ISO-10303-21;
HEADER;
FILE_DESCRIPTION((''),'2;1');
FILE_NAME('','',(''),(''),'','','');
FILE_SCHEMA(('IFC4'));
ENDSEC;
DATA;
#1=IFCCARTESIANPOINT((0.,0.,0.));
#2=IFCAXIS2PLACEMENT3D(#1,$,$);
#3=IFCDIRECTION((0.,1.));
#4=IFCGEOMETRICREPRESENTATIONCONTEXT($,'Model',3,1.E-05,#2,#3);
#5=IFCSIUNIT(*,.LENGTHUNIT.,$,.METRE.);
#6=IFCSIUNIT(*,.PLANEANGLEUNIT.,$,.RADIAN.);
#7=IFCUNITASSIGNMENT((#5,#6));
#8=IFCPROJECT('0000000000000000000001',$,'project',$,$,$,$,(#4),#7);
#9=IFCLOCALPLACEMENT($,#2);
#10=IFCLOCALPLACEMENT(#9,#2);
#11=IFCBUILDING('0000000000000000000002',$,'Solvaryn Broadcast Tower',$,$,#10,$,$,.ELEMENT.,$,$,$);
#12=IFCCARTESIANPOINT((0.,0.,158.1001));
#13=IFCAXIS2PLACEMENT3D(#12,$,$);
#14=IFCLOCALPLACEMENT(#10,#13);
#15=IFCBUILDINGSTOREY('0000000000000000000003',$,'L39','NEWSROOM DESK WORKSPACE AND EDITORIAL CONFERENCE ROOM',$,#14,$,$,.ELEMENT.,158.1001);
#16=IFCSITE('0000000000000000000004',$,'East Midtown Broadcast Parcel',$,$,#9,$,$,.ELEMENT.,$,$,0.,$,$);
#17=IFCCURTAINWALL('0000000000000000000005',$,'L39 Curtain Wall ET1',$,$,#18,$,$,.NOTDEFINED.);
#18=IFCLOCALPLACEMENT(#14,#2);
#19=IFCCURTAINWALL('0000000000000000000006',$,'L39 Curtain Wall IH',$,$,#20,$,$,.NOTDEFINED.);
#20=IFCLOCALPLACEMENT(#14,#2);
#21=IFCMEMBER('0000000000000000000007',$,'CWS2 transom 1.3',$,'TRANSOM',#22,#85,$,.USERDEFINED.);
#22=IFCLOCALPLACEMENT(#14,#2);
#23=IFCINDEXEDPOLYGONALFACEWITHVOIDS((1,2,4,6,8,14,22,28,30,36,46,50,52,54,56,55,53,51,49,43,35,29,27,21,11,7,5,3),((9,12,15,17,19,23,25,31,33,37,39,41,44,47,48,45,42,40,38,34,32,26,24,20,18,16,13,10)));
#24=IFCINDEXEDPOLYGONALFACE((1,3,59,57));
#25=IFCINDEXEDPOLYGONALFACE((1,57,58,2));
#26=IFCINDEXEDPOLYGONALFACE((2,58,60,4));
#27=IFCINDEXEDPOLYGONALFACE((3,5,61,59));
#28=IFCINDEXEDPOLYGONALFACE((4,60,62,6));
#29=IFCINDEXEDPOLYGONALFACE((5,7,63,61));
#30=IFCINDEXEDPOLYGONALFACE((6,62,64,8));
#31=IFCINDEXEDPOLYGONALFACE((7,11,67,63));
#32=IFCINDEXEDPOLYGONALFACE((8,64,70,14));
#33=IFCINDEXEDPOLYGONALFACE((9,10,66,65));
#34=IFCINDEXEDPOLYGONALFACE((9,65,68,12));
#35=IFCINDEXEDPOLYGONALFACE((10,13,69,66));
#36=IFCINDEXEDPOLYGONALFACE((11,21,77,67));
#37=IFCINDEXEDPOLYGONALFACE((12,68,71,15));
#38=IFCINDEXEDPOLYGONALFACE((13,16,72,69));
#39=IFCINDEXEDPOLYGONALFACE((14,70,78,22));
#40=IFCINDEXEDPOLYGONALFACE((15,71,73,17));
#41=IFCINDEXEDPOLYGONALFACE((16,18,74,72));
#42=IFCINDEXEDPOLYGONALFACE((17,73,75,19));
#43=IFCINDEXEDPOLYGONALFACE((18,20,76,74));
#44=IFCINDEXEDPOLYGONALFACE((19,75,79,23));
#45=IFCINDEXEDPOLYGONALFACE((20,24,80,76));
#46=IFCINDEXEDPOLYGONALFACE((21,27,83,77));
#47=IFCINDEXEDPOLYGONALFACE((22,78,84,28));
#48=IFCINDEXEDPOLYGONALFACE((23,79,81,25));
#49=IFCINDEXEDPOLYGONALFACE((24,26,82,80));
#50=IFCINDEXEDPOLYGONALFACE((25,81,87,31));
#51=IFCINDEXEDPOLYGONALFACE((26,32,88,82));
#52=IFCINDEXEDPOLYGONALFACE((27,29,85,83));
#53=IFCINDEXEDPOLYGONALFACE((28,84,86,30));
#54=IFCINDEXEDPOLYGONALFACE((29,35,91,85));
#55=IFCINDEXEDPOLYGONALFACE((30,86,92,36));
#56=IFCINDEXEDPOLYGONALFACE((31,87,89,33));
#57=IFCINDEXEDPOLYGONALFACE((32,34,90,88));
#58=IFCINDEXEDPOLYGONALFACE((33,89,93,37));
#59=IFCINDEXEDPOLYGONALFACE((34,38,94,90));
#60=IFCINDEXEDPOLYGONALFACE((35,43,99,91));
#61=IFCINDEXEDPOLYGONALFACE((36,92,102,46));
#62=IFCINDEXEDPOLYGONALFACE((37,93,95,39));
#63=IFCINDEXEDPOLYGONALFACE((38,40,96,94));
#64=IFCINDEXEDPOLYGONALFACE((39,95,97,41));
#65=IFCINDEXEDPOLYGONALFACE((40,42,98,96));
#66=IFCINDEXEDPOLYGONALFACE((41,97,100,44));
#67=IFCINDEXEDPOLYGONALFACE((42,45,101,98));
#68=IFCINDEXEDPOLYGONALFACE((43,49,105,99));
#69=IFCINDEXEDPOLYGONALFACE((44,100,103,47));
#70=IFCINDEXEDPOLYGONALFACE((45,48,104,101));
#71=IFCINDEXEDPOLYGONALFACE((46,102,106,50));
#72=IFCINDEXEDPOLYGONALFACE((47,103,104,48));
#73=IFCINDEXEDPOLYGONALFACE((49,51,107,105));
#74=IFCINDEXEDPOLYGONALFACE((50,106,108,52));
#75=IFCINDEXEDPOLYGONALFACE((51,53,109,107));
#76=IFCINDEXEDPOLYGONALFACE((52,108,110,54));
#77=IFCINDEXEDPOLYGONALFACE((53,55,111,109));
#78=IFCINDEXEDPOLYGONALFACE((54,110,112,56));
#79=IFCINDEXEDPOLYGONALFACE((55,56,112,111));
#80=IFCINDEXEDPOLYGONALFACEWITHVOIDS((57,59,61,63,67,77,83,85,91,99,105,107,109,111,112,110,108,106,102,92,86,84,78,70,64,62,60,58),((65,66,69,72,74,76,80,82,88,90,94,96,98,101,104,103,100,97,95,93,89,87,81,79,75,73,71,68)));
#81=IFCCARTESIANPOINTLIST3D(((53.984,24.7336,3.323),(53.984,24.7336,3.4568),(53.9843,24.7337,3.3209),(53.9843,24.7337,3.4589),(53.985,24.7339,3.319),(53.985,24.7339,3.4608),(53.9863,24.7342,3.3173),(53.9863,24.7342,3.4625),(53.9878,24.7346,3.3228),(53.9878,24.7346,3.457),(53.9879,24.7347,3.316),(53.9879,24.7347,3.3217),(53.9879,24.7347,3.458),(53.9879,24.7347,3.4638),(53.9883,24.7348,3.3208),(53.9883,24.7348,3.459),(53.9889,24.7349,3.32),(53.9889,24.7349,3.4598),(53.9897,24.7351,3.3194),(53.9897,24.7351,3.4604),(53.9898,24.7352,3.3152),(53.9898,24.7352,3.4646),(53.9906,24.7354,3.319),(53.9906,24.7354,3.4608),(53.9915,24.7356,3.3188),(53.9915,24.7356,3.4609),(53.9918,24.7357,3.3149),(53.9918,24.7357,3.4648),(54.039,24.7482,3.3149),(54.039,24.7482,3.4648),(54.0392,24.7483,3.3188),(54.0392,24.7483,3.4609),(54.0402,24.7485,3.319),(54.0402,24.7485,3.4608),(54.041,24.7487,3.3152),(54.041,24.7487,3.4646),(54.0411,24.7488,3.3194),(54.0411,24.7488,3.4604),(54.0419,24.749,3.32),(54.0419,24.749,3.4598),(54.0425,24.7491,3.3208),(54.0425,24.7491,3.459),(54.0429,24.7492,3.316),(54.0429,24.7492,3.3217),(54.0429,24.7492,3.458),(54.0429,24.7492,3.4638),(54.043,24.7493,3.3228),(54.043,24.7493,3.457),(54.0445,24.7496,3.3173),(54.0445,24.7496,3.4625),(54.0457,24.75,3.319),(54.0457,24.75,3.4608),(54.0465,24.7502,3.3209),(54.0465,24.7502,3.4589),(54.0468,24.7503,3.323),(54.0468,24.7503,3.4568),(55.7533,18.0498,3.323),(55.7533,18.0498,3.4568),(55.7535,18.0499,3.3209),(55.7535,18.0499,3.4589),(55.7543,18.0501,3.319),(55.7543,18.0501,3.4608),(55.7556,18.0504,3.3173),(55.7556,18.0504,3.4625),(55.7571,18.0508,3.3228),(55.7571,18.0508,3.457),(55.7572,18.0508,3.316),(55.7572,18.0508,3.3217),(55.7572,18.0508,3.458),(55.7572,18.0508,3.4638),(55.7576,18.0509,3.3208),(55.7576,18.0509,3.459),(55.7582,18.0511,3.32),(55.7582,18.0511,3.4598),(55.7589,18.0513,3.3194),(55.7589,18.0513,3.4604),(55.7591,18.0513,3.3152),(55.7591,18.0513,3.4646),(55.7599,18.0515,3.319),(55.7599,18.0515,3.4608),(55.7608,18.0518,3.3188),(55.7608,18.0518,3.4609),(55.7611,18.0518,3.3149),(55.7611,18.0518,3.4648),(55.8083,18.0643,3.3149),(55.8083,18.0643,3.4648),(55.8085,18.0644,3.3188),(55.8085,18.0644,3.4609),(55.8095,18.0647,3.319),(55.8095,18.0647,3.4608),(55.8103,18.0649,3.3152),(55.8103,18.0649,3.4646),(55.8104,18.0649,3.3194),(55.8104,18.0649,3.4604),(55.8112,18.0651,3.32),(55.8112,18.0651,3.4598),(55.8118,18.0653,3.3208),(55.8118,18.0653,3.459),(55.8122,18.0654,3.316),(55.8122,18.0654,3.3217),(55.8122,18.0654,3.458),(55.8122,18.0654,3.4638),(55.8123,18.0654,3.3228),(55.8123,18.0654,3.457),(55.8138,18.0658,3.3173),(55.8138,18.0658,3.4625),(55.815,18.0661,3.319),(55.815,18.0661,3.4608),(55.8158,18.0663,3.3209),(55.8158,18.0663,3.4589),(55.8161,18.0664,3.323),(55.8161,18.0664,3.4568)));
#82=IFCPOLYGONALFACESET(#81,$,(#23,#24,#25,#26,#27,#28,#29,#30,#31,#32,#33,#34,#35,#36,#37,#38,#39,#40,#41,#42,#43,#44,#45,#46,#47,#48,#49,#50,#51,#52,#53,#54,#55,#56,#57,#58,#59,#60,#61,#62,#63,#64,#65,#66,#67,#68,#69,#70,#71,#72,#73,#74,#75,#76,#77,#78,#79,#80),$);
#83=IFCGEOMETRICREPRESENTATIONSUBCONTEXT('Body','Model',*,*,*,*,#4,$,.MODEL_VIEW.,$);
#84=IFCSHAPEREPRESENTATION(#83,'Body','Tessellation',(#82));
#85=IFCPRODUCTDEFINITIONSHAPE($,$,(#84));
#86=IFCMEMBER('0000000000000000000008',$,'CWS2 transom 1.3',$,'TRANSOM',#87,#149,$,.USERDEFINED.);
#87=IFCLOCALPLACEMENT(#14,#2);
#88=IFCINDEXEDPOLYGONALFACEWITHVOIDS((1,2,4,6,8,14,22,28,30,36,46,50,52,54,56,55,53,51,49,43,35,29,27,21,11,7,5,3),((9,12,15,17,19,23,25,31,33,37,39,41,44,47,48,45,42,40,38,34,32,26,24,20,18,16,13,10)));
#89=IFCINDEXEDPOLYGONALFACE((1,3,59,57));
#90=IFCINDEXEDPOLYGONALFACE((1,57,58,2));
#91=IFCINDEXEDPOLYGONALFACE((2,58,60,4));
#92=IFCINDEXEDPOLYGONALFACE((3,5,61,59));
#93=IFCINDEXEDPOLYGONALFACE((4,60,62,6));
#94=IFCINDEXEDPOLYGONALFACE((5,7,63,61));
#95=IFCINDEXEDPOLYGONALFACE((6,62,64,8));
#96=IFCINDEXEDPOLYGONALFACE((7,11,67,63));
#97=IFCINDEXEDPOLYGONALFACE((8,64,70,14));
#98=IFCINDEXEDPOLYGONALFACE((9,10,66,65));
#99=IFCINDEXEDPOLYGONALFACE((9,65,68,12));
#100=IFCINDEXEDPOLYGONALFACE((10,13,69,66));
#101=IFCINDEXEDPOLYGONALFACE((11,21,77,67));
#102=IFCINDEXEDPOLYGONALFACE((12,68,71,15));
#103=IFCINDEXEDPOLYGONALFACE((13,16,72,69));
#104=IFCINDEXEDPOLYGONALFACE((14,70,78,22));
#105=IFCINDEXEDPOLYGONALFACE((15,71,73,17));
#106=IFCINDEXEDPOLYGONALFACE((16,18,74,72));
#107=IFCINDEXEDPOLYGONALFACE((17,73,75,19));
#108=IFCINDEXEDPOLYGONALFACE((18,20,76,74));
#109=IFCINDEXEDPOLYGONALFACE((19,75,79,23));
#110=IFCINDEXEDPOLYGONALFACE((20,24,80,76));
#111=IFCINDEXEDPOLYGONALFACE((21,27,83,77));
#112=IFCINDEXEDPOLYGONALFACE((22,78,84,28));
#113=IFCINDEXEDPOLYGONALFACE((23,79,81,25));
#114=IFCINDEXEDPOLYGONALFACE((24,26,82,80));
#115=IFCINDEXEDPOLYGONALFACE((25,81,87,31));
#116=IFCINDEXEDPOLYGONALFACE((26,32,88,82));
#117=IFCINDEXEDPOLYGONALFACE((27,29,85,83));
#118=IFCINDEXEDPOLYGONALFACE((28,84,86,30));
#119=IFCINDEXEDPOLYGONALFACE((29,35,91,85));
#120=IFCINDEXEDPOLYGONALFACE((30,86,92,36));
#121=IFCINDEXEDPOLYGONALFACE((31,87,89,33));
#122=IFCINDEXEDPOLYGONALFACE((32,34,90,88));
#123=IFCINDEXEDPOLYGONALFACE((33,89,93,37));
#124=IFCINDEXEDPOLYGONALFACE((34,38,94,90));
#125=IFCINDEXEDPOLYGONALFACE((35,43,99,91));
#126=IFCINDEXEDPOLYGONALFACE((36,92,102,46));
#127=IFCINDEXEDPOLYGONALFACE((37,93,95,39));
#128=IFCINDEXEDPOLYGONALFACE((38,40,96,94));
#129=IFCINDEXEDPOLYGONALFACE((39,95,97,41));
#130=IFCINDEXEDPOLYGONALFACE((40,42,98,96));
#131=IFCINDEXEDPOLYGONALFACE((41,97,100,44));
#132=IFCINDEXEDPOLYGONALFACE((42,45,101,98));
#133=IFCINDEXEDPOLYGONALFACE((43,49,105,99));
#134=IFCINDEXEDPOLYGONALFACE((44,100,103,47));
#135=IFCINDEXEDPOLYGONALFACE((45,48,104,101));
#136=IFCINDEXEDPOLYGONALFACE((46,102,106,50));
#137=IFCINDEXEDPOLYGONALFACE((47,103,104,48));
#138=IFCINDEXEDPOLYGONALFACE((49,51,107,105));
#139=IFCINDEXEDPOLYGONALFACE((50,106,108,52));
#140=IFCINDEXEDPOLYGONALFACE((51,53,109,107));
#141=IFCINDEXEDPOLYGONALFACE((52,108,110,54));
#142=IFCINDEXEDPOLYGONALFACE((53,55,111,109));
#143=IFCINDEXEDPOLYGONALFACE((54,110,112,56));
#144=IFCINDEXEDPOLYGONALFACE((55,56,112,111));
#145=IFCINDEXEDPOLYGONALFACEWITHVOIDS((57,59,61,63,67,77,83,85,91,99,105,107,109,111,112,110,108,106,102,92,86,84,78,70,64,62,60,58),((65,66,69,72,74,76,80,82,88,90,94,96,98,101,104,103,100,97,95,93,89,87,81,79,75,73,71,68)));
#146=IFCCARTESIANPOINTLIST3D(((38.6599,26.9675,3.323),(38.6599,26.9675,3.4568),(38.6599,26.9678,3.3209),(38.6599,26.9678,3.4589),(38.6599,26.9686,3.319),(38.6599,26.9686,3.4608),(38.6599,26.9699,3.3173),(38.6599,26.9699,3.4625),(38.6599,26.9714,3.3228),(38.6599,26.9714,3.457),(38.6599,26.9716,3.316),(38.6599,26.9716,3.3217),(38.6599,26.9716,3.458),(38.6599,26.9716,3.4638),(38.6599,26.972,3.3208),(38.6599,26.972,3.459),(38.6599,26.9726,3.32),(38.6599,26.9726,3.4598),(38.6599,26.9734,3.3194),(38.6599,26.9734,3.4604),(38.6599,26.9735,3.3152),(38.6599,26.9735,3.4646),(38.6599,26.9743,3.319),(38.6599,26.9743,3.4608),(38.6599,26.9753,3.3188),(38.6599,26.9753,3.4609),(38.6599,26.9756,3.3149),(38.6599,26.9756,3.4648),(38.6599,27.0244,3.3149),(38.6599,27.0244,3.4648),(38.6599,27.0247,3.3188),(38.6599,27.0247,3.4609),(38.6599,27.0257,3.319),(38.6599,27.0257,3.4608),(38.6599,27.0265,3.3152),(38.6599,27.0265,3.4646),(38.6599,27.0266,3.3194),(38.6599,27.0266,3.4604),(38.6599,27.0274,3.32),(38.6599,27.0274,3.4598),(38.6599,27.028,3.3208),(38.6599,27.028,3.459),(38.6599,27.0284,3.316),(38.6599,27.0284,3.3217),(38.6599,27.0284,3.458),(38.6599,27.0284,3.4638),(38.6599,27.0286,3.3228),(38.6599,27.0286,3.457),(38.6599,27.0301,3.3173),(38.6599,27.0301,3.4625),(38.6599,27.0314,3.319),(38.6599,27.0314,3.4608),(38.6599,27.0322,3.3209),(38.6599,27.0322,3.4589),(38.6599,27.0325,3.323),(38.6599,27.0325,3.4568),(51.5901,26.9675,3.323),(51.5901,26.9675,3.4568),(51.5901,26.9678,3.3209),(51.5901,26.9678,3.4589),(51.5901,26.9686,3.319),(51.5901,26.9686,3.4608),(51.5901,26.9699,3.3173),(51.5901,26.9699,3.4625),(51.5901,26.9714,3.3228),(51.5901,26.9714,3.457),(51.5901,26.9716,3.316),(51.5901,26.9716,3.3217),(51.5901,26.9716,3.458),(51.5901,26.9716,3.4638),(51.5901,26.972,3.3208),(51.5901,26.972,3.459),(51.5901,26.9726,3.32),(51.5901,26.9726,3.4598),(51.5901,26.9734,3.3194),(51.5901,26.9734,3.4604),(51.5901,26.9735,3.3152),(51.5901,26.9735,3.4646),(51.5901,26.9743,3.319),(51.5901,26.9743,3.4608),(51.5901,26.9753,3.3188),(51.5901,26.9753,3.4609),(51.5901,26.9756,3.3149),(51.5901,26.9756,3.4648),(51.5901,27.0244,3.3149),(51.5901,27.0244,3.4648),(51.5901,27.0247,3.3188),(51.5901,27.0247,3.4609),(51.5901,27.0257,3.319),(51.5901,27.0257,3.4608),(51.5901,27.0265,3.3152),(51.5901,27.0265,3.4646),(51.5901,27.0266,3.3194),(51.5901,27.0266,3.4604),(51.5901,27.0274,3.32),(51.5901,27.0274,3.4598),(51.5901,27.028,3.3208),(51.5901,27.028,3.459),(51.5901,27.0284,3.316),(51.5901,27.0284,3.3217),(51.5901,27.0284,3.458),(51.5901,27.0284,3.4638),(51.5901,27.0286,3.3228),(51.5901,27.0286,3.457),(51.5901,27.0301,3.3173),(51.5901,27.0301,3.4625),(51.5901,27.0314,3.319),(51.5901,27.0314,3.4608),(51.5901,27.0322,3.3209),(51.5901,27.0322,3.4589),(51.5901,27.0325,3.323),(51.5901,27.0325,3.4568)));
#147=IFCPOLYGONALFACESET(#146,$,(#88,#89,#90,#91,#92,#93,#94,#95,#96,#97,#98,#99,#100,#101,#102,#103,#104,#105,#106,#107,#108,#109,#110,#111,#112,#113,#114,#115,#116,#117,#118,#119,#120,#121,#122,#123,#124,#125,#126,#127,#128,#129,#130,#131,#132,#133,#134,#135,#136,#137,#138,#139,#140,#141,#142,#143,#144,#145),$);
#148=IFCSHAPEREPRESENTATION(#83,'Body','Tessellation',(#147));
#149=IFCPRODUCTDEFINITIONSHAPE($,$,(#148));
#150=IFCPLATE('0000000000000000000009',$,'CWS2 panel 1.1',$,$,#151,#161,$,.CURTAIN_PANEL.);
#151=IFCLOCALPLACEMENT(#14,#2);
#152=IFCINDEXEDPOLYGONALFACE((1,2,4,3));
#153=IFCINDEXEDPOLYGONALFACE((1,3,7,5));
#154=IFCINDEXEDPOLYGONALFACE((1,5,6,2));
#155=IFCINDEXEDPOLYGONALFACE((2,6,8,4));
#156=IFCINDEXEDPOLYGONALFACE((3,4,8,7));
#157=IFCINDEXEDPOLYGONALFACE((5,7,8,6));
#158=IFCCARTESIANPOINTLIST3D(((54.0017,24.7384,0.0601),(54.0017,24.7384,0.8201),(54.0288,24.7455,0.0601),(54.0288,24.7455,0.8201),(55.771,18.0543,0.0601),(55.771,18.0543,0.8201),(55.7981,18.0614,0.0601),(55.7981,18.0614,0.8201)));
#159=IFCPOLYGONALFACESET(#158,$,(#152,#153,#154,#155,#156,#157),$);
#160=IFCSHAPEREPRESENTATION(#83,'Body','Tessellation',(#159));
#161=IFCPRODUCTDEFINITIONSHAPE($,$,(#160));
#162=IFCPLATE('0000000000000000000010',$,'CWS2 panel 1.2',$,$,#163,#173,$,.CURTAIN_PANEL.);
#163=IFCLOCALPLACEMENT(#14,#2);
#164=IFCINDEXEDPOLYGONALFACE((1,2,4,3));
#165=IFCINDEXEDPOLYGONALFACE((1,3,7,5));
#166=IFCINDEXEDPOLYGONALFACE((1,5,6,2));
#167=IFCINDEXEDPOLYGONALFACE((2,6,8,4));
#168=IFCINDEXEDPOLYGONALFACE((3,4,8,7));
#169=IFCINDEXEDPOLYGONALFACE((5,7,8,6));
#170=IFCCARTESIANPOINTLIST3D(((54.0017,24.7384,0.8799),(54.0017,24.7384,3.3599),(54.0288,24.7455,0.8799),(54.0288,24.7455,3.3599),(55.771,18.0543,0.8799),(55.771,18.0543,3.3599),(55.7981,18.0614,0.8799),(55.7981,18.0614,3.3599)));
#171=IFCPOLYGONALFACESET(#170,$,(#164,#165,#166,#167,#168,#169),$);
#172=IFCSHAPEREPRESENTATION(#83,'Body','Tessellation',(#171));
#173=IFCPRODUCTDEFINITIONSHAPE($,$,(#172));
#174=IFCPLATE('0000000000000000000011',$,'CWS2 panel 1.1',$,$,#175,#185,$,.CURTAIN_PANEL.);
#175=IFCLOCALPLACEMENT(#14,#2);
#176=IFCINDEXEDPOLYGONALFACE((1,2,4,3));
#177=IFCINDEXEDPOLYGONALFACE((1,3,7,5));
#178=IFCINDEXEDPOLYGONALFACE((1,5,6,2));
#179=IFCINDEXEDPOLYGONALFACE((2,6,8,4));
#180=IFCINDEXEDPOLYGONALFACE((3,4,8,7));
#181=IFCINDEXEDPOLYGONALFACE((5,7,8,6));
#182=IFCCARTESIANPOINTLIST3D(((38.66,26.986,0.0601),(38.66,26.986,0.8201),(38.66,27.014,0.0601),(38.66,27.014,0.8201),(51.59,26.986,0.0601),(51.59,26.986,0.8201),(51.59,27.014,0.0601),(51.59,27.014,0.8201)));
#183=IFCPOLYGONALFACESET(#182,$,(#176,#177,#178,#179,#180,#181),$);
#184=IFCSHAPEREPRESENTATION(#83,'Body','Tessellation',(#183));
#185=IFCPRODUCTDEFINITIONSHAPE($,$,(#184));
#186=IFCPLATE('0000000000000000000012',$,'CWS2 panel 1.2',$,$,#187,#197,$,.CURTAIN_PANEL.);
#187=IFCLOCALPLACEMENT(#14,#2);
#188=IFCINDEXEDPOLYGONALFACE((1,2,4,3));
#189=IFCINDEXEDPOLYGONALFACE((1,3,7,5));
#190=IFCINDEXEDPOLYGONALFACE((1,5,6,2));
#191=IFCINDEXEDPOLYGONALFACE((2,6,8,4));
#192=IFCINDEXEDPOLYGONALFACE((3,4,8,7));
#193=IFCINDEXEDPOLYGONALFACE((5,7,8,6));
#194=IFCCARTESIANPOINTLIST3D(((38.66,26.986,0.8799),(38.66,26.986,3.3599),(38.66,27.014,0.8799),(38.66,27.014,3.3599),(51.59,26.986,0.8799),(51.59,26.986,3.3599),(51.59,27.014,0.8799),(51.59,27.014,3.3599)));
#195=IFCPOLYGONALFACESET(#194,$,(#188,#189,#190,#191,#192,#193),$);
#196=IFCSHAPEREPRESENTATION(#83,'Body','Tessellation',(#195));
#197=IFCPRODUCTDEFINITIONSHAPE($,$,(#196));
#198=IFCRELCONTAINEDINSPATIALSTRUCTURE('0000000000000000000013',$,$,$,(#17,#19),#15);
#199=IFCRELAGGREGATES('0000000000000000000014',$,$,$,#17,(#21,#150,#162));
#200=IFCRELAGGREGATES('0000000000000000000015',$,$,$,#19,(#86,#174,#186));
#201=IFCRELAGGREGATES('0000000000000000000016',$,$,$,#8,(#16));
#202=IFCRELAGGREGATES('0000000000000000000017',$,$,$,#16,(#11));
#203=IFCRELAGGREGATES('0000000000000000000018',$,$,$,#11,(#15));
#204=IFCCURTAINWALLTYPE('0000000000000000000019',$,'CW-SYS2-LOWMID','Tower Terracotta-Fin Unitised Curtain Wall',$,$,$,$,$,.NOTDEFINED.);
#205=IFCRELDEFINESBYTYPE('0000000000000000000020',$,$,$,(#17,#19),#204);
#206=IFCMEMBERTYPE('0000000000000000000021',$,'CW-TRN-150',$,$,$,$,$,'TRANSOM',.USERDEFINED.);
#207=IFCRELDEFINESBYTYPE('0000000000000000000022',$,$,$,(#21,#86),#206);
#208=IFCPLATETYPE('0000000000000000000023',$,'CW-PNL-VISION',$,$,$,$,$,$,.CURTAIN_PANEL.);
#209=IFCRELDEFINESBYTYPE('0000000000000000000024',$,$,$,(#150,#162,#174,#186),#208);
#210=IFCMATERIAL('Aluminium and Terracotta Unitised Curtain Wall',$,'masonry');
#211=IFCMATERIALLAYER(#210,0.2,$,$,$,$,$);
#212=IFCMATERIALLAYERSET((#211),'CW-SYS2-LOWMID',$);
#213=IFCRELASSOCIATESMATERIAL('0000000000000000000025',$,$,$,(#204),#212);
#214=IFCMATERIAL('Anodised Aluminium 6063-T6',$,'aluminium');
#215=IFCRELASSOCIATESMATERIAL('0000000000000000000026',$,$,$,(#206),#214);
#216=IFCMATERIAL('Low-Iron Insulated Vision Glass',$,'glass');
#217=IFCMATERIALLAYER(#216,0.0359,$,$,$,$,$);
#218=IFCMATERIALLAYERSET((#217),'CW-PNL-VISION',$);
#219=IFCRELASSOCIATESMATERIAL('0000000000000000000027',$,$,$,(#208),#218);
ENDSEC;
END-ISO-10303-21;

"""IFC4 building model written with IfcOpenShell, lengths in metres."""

from ifc_helpers import new_model, si_unit, direction, frame, origin, origin_2d, place, context, subcontext, project, spatial, rectangle, hollow_rectangle, extrude, material, layer, layer_set, material_profile, profile_set, type_object, element, aggregate, save


model = new_model("IFC4")

# Units and contexts
model_context = context("Model", 3, precision=1e-05, world=origin(), true_north=direction((0.0, 1.0)))
body_context = subcontext(model_context, "Body", "Model", "MODEL_VIEW")
ifc_project = project(units=[si_unit("LENGTHUNIT", "METRE"), si_unit("PLANEANGLEUNIT", "RADIAN")], contexts=[model_context])

# Site, building, storey
site_placement = place(None, origin())
site = spatial("IfcSite", under=ifc_project, at=site_placement, Name="East Midtown Broadcast Parcel", CompositionType="ELEMENT", RefElevation=0.0)
building_placement = place(site_placement, origin())
building = spatial("IfcBuilding", under=site, at=building_placement, Name="Solvaryn Broadcast Tower", CompositionType="ELEMENT")
storey_placement = place(building_placement, frame((0.0, 0.0, 158.1001)))
storey = spatial("IfcBuildingStorey", under=building, at=storey_placement, Name="L39", Description="NEWSROOM DESK WORKSPACE AND EDITORIAL CONFERENCE ROOM", CompositionType="ELEMENT", Elevation=158.1001)

# Curtain walls
ifc_material_1 = material(Name="Aluminium and Terracotta Unitised Curtain Wall", Category="masonry")
ifc_layer_1 = layer(ifc_material_1, 0.2)
ifc_layer_set_1 = layer_set([ifc_layer_1], Name="CW-SYS2-LOWMID")
curtain_wall_type = type_object("IfcCurtainWallType", Name="CW-SYS2-LOWMID", Description="Tower Terracotta-Fin Unitised Curtain Wall", PredefinedType="NOTDEFINED", material=ifc_layer_set_1)
curtain_wall_1_placement = place(storey_placement, origin())
curtain_wall_1 = element("IfcCurtainWall", 1, at=curtain_wall_1_placement, inside=storey, type_object=curtain_wall_type, Name="L39 Curtain Wall ET1", PredefinedType="NOTDEFINED")
curtain_wall_2_placement = place(storey_placement, origin())
curtain_wall_2 = element("IfcCurtainWall", 2, at=curtain_wall_2_placement, inside=storey, type_object=curtain_wall_type, Name="L39 Curtain Wall IH", PredefinedType="NOTDEFINED")

# Members
ifc_material_2 = material(Name="Anodised Aluminium 6063-T6", Category="aluminium")
ifc_material_profile_1 = material_profile(ifc_material_2, hollow_rectangle(XDim=0.0649, YDim=0.1499, WallThickness=0.0039, InnerFilletRadius=0.0039, OuterFilletRadius=0.0081, at=origin_2d()))
ifc_profile_set_1 = profile_set([ifc_material_profile_1], Name="Anodised Aluminium 6063-T6")
member_type_1 = type_object("IfcMemberType", Name="CW-TRN-150", ElementType="TRANSOM", PredefinedType="USERDEFINED", material=ifc_profile_set_1)
member_1_placement = place(storey_placement, frame((54.0154, 24.7419, 3.3899), z_axis=(0.255897, -0.966704, 0.0), x_axis=(0.966704, 0.255897, 0.0)))
member_1 = element("IfcMember", 3, at=member_1_placement, type_object=member_type_1, Name="CWS2 transom 1.3", ObjectType="TRANSOM", PredefinedType="USERDEFINED", context=body_context, shape_type="SweptSolid", body=[
    extrude(hollow_rectangle(XDim=0.0649, YDim=0.1499, WallThickness=0.0039, InnerFilletRadius=0.0039, OuterFilletRadius=0.0081, at=origin_2d()), origin(), (0.0, 0.0, 1.0), 6.9141),
])
member_2_placement = place(storey_placement, frame((38.6599, 27.0, 3.3899), z_axis=(1.0, 0.0, 0.0), x_axis=(0.0, 1.0, 0.0)))
member_2 = element("IfcMember", 4, at=member_2_placement, type_object=member_type_1, Name="CWS2 transom 1.3", ObjectType="TRANSOM", PredefinedType="USERDEFINED", context=body_context, shape_type="SweptSolid", body=[
    extrude(hollow_rectangle(XDim=0.0649, YDim=0.1499, WallThickness=0.0039, InnerFilletRadius=0.0039, OuterFilletRadius=0.0081, at=origin_2d()), origin(), (0.0, 0.0, 1.0), 12.9302),
])

# Plates
ifc_material_3 = material(Name="Low-Iron Insulated Vision Glass", Category="glass")
ifc_layer_2 = layer(ifc_material_3, 0.0359)
ifc_layer_set_2 = layer_set([ifc_layer_2], Name="CW-PNL-VISION")
plate_type = type_object("IfcPlateType", Name="CW-PNL-VISION", PredefinedType="CURTAIN_PANEL", material=ifc_layer_set_2)
plate_1_placement = place(storey_placement, frame((54.8999, 21.3999, 0.0601), z_axis=(0.0, 0.0, 1.0), x_axis=(0.255893, -0.966705, 0.0)))
plate_1 = element("IfcPlate", 5, at=plate_1_placement, type_object=plate_type, Name="CWS2 panel 1.1", PredefinedType="CURTAIN_PANEL", context=body_context, shape_type="SweptSolid", body=[
    extrude(rectangle(XDim=6.9143, YDim=0.0281, at=origin_2d()), origin(), (0.0, 0.0, 1.0), 0.76),
])
plate_2_placement = place(storey_placement, frame((54.8999, 21.3999, 0.8799), z_axis=(0.0, 0.0, 1.0), x_axis=(0.255893, -0.966705, 0.0)))
plate_2 = element("IfcPlate", 6, at=plate_2_placement, type_object=plate_type, Name="CWS2 panel 1.2", PredefinedType="CURTAIN_PANEL", context=body_context, shape_type="SweptSolid", body=[
    extrude(rectangle(XDim=6.9143, YDim=0.0281, at=origin_2d()), origin(), (0.0, 0.0, 1.0), 2.48),
])
aggregate(curtain_wall_1, [member_1, plate_1, plate_2])
plate_3_placement = place(storey_placement, frame((45.125, 27.0, 0.0601), z_axis=(0.0, 0.0, 1.0), x_axis=(1.0, 0.0, 0.0)))
plate_3 = element("IfcPlate", 7, at=plate_3_placement, type_object=plate_type, Name="CWS2 panel 1.1", PredefinedType="CURTAIN_PANEL", context=body_context, shape_type="SweptSolid", body=[
    extrude(rectangle(XDim=12.9299, YDim=0.0281, at=origin_2d()), origin(), (0.0, 0.0, 1.0), 0.76),
])
plate_4_placement = place(storey_placement, frame((45.125, 27.0, 0.8799), z_axis=(0.0, 0.0, 1.0), x_axis=(1.0, 0.0, 0.0)))
plate_4 = element("IfcPlate", 8, at=plate_4_placement, type_object=plate_type, Name="CWS2 panel 1.2", PredefinedType="CURTAIN_PANEL", context=body_context, shape_type="SweptSolid", body=[
    extrude(rectangle(XDim=12.9299, YDim=0.0281, at=origin_2d()), origin(), (0.0, 0.0, 1.0), 2.48),
])
aggregate(curtain_wall_2, [member_2, plate_3, plate_4])

save(model, "model.ifc")
